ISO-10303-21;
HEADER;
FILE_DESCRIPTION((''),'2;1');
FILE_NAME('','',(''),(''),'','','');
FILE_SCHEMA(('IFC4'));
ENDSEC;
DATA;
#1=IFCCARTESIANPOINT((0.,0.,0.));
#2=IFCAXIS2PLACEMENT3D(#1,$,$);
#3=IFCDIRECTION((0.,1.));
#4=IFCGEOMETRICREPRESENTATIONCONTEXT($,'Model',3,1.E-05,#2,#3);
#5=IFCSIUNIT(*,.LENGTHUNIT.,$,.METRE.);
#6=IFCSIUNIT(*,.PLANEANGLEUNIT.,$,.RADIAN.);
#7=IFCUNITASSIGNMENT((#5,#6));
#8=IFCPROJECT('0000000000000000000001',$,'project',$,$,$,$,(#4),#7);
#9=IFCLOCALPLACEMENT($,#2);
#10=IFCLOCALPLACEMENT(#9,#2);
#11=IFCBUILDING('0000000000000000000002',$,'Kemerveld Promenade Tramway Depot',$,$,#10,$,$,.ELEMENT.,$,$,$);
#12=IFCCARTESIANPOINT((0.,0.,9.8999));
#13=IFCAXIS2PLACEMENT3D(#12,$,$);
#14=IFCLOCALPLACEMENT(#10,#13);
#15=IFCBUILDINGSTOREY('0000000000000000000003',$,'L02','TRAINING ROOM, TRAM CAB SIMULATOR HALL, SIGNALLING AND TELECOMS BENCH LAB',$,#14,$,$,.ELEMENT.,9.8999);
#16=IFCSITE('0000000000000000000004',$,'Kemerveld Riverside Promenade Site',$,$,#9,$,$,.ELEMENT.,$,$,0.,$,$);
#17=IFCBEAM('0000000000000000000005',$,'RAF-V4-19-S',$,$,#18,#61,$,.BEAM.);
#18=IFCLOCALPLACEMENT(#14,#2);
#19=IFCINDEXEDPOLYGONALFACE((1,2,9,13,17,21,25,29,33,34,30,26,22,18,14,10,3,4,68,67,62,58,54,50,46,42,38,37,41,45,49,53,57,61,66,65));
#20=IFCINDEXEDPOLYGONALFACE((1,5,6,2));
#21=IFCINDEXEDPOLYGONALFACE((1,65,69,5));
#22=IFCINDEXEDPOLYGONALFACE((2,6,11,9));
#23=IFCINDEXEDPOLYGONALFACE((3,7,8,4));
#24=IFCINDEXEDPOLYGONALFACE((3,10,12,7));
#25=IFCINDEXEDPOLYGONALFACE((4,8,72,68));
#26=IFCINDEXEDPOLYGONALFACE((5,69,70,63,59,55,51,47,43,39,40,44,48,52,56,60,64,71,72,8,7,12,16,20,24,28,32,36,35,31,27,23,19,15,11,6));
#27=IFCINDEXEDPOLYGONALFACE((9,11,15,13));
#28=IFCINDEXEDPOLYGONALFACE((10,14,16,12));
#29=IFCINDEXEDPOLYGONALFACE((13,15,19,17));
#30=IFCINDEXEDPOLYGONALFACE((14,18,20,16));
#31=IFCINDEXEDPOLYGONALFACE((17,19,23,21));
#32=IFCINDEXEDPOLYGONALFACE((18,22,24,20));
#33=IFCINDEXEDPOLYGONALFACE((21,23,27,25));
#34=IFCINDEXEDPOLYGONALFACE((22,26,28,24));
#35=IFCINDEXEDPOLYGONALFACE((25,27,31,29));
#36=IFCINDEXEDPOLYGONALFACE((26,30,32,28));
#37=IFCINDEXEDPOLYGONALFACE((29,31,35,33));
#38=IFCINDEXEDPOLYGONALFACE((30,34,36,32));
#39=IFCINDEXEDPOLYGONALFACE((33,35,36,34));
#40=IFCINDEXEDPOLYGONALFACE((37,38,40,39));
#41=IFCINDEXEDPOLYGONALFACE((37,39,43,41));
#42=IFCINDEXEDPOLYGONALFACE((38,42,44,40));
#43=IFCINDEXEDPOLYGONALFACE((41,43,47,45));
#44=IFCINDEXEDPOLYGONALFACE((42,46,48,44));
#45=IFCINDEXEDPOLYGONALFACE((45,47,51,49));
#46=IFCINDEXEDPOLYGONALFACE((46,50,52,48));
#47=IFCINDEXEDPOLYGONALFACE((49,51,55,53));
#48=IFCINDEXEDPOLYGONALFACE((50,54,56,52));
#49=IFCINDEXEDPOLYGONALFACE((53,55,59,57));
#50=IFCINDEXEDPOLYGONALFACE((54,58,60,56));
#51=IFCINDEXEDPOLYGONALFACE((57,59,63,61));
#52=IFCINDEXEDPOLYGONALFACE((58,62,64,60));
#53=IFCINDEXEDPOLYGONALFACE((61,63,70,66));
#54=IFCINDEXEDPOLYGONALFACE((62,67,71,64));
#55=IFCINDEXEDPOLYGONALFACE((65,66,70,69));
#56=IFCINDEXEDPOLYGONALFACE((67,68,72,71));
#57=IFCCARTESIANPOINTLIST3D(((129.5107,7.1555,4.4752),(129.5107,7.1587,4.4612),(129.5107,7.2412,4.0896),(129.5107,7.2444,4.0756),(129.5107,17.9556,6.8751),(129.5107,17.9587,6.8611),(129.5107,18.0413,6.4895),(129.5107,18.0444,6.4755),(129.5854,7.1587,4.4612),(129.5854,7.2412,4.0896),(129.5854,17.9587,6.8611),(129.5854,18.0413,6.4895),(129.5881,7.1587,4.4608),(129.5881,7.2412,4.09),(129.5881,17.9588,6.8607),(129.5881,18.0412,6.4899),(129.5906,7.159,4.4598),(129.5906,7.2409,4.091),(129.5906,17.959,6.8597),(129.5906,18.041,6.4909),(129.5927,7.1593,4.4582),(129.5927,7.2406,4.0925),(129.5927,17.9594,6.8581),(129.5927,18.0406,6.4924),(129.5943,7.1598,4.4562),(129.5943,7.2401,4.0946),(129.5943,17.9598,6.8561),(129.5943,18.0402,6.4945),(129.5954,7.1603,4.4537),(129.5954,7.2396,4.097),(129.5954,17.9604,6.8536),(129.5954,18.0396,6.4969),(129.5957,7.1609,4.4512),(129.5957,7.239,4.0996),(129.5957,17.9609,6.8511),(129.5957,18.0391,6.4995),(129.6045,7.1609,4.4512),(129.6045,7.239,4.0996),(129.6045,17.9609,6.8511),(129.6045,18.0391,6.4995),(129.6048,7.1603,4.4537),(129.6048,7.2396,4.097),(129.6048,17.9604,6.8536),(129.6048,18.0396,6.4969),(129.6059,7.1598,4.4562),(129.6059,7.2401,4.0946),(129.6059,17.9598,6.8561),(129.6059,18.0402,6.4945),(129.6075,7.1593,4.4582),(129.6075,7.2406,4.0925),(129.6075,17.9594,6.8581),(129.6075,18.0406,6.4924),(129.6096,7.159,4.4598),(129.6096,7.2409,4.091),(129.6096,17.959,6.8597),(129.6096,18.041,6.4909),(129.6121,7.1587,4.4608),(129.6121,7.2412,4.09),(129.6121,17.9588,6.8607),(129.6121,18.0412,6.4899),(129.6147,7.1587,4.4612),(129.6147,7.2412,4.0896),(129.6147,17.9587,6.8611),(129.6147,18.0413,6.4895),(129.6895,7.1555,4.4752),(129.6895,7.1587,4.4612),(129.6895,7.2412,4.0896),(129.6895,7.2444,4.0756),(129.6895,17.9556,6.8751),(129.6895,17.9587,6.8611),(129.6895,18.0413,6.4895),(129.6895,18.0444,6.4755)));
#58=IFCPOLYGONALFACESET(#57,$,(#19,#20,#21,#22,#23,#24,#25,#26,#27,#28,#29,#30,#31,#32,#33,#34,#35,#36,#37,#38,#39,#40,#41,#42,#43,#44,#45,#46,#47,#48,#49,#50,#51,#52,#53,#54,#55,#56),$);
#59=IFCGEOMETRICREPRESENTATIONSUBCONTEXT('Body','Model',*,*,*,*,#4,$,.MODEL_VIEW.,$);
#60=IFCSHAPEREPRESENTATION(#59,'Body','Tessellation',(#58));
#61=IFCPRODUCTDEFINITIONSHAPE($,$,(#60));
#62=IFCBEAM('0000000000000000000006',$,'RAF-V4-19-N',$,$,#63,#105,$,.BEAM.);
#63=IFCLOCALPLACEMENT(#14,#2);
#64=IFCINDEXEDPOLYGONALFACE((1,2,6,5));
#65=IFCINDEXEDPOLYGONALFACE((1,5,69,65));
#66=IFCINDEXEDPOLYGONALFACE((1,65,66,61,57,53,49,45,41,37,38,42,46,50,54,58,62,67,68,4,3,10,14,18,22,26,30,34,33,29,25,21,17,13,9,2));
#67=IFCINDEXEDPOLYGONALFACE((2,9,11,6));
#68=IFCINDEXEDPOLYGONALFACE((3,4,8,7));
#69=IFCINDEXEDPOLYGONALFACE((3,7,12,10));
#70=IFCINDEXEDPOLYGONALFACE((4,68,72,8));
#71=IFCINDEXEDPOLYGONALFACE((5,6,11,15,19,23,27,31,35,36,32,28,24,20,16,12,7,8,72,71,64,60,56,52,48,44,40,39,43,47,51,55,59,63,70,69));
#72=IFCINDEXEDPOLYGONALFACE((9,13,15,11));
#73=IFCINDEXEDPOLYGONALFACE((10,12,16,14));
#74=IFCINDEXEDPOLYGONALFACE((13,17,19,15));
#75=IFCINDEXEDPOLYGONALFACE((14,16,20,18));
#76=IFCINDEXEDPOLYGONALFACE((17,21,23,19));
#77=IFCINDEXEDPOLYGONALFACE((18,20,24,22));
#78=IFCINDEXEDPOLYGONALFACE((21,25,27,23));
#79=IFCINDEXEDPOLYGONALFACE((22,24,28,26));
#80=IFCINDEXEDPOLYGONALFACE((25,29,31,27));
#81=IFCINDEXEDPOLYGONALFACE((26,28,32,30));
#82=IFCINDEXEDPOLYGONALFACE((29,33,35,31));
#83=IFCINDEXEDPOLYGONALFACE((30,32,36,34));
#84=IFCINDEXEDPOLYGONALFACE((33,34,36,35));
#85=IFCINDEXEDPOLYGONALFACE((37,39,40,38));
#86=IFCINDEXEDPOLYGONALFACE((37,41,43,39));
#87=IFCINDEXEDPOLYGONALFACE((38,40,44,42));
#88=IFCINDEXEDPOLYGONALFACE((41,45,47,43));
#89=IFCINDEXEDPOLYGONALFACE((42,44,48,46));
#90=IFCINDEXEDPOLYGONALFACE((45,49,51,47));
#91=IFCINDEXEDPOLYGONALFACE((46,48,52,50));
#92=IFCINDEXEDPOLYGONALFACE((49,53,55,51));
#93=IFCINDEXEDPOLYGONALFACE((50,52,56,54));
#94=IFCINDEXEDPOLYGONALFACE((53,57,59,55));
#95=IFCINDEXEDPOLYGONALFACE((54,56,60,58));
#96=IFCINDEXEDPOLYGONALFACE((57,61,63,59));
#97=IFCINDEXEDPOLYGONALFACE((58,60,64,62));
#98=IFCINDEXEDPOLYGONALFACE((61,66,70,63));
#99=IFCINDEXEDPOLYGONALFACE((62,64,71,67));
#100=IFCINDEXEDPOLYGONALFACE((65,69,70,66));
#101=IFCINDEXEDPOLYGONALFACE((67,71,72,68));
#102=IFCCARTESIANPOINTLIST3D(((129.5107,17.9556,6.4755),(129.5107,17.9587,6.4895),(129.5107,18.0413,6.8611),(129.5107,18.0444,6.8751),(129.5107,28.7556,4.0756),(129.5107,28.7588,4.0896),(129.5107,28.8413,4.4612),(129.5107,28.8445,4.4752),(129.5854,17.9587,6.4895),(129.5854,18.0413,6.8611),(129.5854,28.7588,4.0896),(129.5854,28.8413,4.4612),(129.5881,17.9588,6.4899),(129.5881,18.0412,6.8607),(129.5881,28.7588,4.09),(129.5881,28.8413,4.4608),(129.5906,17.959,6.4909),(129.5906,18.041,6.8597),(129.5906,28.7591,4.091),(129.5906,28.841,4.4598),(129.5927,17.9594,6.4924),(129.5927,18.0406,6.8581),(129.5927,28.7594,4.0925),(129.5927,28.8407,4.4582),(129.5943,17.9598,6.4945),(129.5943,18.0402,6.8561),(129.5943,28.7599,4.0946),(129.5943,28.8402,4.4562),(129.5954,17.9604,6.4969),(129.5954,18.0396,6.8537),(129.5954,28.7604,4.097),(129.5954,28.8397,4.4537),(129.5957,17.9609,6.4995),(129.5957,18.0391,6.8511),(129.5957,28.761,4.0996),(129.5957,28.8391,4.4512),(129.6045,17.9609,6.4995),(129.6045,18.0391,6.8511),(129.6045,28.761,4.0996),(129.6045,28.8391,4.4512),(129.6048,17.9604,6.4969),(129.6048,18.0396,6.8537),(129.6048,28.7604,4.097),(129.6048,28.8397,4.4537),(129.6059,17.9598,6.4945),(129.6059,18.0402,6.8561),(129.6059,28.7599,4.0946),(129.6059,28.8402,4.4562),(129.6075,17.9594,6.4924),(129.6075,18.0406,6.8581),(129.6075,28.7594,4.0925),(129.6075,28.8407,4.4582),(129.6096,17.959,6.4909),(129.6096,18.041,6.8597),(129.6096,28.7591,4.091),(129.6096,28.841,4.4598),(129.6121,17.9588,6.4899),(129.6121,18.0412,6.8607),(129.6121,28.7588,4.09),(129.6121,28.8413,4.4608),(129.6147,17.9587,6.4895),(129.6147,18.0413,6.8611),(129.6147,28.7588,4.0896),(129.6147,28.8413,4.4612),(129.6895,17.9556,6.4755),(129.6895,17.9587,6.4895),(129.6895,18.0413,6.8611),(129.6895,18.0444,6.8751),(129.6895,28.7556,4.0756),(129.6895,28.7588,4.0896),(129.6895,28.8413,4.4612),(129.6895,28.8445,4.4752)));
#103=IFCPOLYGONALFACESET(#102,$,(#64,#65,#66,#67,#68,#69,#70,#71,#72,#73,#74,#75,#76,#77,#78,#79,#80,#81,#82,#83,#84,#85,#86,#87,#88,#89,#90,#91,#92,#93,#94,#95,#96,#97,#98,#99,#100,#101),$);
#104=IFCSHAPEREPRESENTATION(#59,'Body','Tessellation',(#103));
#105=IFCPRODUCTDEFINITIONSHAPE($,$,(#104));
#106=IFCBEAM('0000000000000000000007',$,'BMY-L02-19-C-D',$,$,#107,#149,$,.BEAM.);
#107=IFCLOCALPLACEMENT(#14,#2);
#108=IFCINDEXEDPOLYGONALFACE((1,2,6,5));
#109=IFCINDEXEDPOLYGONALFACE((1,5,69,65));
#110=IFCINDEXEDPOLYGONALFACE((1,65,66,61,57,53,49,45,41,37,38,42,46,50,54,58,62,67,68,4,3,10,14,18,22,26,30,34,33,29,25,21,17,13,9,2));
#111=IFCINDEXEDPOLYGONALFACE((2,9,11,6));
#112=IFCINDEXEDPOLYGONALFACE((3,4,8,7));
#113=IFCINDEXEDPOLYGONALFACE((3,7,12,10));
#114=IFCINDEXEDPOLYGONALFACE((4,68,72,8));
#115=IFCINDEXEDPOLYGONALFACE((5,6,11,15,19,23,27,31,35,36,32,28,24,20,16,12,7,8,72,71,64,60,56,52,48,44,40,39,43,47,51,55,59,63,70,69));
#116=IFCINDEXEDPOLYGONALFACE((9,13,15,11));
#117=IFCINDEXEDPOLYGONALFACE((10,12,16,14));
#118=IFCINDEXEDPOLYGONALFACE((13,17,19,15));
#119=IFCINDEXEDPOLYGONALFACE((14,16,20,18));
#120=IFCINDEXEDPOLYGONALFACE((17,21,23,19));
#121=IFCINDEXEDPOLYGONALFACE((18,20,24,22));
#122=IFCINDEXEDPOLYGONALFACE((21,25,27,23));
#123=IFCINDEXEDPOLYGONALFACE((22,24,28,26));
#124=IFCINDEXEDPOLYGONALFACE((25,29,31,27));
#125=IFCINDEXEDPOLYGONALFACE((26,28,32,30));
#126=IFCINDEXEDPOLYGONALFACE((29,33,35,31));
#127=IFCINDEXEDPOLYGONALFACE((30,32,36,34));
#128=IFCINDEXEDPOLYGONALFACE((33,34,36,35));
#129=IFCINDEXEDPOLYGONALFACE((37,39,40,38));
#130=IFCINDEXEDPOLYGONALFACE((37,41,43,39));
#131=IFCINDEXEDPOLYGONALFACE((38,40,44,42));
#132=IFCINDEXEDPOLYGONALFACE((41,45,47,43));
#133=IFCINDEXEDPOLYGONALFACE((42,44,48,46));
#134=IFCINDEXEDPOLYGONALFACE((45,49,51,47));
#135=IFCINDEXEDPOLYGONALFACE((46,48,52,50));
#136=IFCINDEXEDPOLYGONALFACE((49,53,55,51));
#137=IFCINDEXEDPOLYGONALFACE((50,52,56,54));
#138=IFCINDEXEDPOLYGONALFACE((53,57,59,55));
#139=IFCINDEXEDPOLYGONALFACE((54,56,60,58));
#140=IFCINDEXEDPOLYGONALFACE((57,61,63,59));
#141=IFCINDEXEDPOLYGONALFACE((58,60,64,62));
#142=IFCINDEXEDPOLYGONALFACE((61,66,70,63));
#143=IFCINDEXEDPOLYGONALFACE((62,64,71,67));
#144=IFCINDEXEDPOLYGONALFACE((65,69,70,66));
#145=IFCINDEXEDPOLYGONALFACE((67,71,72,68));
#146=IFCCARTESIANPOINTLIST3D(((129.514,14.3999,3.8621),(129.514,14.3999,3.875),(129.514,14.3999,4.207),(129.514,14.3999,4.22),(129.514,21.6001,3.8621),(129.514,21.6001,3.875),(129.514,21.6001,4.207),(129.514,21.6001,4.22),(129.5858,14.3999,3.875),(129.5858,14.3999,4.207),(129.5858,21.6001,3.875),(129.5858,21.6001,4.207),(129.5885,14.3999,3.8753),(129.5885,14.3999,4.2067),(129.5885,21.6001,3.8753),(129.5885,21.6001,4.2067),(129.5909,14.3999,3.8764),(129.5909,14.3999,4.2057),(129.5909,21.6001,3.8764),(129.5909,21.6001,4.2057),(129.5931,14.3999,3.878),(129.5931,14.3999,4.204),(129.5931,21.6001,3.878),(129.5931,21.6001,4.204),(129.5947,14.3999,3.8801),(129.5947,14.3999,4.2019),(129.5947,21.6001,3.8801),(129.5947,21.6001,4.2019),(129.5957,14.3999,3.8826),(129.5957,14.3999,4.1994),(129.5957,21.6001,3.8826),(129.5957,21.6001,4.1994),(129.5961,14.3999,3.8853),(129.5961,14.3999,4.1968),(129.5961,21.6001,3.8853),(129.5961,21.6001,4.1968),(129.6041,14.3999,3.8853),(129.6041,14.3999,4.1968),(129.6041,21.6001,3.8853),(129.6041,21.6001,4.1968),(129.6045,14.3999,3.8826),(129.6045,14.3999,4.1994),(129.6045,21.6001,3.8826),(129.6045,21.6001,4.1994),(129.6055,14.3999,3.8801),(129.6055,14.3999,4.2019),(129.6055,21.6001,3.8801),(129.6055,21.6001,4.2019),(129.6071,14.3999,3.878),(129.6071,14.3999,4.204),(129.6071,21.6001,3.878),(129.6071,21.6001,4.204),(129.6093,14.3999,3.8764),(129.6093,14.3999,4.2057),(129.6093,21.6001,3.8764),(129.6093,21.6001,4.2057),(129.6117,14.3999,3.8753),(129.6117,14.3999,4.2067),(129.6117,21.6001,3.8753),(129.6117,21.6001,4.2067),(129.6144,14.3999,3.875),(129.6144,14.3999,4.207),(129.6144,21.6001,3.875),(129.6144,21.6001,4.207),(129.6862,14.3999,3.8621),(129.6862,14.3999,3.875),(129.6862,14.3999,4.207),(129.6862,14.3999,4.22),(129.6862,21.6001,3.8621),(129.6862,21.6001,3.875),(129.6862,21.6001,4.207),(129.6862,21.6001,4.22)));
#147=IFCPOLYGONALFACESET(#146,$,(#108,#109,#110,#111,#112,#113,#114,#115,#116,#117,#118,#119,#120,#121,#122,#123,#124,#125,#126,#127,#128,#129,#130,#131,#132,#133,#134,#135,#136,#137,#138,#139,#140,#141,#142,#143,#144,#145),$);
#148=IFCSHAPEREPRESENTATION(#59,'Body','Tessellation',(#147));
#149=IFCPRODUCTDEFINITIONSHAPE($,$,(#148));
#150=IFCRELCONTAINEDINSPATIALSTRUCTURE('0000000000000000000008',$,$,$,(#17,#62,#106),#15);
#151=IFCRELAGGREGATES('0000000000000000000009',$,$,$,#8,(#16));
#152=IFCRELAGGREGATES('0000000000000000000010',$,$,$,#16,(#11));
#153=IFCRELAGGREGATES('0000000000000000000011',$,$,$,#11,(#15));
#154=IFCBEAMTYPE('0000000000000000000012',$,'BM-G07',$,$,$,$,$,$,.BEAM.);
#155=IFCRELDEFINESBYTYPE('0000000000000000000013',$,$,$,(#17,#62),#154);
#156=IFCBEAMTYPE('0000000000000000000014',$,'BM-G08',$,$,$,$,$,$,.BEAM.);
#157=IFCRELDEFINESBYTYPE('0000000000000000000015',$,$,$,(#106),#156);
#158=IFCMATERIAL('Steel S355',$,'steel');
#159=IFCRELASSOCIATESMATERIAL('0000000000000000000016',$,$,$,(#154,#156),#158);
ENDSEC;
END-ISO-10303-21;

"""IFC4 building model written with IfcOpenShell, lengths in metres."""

from ifc_helpers import new_model, si_unit, direction, frame, origin, origin_2d, place, context, subcontext, project, spatial, i_section, extrude, material, material_profile, profile_set, type_object, element, save


model = new_model("IFC4")

# Units and contexts
model_context = context("Model", 3, precision=1e-05, world=origin(), true_north=direction((0.0, 1.0)))
body_context = subcontext(model_context, "Body", "Model", "MODEL_VIEW")
ifc_project = project(units=[si_unit("LENGTHUNIT", "METRE"), si_unit("PLANEANGLEUNIT", "RADIAN")], contexts=[model_context])

# Site, building, storey
site_placement = place(None, origin())
site = spatial("IfcSite", under=ifc_project, at=site_placement, Name="Kemerveld Riverside Promenade Site", CompositionType="ELEMENT", RefElevation=0.0)
building_placement = place(site_placement, origin())
building = spatial("IfcBuilding", under=site, at=building_placement, Name="Kemerveld Promenade Tramway Depot", CompositionType="ELEMENT")
storey_placement = place(building_placement, frame((0.0, 0.0, 9.8999)))
storey = spatial("IfcBuildingStorey", under=building, at=storey_placement, Name="L02", Description="TRAINING ROOM, TRAM CAB SIMULATOR HALL, SIGNALLING AND TELECOMS BENCH LAB", CompositionType="ELEMENT", Elevation=9.8999)

# Shared definitions
ifc_material_1 = material(Name="Steel S355", Category="steel")

# Beams
ifc_material_profile_1 = material_profile(ifc_material_1, i_section(OverallWidth=0.1787, OverallDepth=0.4094, WebThickness=0.0088, FlangeThickness=0.0144, FilletRadius=0.0103, at=origin_2d()), Name="406x178x67 UB")
ifc_profile_set_1 = profile_set([ifc_material_profile_1], Name="Steel S355")
beam_type_1 = type_object("IfcBeamType", Name="BM-G07", PredefinedType="BEAM", material=ifc_profile_set_1)
for number, where, z_axis, x_axis, name in (
    (1, (129.6001, 7.2, 4.2754), (0.0, 0.976189, 0.216921), (-1.0, 0.0, 0.0), "RAF-V4-19-S"),
    (2, (129.6001, 18.0, 6.6753), (0.0, 0.976189, -0.216921), (-1.0, 0.0, 0.0), "RAF-V4-19-N"),
):
    element("IfcBeam", number, at=place(storey_placement, frame(where, z_axis=z_axis, x_axis=x_axis)), inside=storey, type_object=beam_type_1, Name=name, PredefinedType="BEAM", context=body_context, shape_type="SweptSolid", body=[
        extrude(i_section(OverallWidth=0.1787, OverallDepth=0.4094, WebThickness=0.0088, FlangeThickness=0.0144, FilletRadius=0.0103, at=origin_2d()), origin(), (0.0, 0.0, 1.0), 11.0635),
    ])
ifc_material_profile_2 = material_profile(ifc_material_1, i_section(OverallWidth=0.1721, OverallDepth=0.3579, WebThickness=0.0081, FlangeThickness=0.0129, FilletRadius=0.0103, at=origin_2d()), Name="356x171x57 UB")
ifc_profile_set_2 = profile_set([ifc_material_profile_2], Name="Steel S355")
beam_type_2 = type_object("IfcBeamType", Name="BM-G08", PredefinedType="BEAM", material=ifc_profile_set_2)
beam_placement = place(storey_placement, frame((129.6001, 14.3999, 4.041), z_axis=(0.0, 1.0, 0.0), x_axis=(-1.0, 0.0, 0.0)))
element("IfcBeam", 3, at=beam_placement, inside=storey, type_object=beam_type_2, Name="BMY-L02-19-C-D", PredefinedType="BEAM", context=body_context, shape_type="SweptSolid", body=[
    extrude(i_section(OverallWidth=0.1721, OverallDepth=0.3579, WebThickness=0.0081, FlangeThickness=0.0129, FilletRadius=0.0103, at=origin_2d()), origin(), (0.0, 0.0, 1.0), 7.2002),
])

save(model, "model.ifc")
